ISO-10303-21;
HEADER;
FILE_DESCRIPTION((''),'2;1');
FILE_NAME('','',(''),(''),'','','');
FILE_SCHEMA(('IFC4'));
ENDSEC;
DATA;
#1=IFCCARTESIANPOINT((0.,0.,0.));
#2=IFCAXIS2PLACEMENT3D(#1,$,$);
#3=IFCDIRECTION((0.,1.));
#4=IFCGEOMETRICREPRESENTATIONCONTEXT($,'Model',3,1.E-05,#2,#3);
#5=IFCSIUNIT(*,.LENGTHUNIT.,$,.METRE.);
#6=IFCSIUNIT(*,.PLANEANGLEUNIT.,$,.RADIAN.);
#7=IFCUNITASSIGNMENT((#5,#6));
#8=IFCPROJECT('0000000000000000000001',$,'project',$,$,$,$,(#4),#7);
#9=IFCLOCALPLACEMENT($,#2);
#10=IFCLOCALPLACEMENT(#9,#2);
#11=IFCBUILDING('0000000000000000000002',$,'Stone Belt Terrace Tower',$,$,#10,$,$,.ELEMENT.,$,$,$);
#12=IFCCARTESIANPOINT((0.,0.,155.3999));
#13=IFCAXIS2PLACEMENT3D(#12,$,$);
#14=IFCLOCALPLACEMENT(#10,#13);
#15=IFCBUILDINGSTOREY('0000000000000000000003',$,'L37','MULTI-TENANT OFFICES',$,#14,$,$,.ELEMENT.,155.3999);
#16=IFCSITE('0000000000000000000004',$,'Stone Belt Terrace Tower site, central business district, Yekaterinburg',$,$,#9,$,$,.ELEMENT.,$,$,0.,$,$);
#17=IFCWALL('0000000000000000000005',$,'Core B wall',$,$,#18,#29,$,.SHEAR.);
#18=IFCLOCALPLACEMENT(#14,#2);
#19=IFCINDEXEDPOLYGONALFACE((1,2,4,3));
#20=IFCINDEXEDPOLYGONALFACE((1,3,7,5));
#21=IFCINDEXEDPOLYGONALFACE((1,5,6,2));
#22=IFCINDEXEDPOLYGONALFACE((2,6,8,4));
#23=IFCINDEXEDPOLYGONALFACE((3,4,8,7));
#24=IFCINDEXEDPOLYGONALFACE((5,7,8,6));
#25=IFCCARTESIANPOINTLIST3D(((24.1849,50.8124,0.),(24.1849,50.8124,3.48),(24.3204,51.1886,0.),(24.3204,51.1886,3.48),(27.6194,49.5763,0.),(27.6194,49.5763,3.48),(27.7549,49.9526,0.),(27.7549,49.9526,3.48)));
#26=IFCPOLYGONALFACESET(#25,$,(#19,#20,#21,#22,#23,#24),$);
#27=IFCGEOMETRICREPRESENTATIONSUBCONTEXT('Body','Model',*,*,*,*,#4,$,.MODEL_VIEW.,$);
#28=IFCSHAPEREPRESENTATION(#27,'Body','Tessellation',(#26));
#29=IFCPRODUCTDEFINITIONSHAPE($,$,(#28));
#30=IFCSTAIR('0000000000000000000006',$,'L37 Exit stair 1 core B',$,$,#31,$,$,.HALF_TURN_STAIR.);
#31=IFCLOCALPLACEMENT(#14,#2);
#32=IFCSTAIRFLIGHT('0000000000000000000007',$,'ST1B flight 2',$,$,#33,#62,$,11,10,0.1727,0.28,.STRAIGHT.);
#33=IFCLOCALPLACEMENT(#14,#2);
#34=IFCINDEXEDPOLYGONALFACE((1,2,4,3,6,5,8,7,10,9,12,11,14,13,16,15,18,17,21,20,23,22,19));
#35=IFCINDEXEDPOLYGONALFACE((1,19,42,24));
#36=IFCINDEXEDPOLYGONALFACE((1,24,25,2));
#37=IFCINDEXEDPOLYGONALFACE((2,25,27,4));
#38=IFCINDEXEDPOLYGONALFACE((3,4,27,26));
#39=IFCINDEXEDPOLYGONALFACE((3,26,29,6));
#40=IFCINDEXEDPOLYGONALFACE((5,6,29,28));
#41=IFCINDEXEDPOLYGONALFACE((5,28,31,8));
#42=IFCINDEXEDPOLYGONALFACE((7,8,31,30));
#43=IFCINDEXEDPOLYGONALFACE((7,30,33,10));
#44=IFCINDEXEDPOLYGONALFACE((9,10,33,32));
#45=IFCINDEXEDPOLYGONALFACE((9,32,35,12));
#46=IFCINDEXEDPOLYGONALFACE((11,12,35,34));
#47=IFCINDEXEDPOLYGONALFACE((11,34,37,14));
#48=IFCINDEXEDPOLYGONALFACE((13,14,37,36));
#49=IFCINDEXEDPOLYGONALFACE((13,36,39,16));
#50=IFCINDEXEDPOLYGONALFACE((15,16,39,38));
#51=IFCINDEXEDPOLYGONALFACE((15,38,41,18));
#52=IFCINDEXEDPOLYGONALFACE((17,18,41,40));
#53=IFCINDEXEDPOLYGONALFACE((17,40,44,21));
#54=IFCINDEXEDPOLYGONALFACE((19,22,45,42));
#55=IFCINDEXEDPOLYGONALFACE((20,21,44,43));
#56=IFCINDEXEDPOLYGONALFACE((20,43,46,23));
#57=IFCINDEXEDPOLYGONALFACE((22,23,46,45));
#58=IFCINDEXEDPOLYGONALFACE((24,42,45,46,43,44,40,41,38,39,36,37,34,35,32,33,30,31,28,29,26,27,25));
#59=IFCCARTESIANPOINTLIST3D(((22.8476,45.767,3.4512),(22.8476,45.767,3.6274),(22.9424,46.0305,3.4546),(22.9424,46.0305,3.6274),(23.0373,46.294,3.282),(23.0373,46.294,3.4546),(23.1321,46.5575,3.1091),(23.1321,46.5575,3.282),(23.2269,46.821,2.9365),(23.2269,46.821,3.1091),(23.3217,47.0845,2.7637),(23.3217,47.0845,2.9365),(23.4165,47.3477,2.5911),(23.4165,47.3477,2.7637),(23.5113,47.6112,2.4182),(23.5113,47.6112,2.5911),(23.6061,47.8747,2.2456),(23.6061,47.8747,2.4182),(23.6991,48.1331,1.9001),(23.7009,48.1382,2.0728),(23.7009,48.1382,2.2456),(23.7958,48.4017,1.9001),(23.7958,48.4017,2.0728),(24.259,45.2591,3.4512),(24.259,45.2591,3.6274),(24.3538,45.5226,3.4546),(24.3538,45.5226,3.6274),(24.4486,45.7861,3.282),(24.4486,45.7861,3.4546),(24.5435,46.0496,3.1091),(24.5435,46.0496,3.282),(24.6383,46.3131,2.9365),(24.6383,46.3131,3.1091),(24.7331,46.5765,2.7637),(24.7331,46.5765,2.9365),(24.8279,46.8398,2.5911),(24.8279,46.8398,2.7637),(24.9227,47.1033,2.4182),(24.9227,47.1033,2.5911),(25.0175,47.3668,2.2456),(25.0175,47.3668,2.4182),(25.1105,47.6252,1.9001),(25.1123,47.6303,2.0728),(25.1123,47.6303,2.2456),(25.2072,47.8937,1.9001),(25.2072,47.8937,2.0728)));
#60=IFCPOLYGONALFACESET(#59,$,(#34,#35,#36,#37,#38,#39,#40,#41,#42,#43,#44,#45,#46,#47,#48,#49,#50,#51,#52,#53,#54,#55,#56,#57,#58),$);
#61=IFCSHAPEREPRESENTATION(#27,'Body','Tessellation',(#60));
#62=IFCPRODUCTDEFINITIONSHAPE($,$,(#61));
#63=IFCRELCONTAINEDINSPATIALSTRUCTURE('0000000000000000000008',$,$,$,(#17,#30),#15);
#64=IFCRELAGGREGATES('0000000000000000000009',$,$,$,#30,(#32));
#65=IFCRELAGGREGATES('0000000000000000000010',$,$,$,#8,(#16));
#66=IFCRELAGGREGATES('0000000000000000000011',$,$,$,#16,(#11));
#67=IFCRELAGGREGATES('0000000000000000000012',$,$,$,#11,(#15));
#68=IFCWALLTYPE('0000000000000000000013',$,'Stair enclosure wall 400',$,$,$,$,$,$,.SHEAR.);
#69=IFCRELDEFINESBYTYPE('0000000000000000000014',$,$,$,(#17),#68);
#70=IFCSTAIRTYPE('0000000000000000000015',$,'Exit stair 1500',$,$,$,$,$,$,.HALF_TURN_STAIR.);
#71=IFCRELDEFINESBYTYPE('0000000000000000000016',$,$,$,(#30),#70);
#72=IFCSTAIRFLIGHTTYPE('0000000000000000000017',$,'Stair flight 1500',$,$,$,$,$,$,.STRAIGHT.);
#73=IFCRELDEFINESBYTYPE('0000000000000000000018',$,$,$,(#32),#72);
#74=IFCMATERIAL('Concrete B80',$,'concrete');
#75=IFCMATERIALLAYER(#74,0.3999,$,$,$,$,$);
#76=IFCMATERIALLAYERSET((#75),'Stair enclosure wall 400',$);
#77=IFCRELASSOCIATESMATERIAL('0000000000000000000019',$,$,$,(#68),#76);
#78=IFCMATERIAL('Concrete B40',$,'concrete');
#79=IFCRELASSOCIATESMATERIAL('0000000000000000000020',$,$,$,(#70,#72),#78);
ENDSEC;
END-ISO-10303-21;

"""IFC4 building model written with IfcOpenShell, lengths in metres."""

from ifc_helpers import new_model, si_unit, direction, frame, frame_2d, origin, place, context, subcontext, project, spatial, polyline, rectangle, outline, extrude, material, layer, layer_set, type_object, element, aggregate, save


model = new_model("IFC4")

# Units and contexts
model_context = context("Model", 3, precision=1e-05, world=origin(), true_north=direction((0.0, 1.0)))
body_context = subcontext(model_context, "Body", "Model", "MODEL_VIEW")
ifc_project = project(units=[si_unit("LENGTHUNIT", "METRE"), si_unit("PLANEANGLEUNIT", "RADIAN")], contexts=[model_context])

# Site, building, storey
site_placement = place(None, origin())
site = spatial("IfcSite", under=ifc_project, at=site_placement, Name="Stone Belt Terrace Tower site, central business district, Yekaterinburg", CompositionType="ELEMENT", RefElevation=0.0)
building_placement = place(site_placement, origin())
building = spatial("IfcBuilding", under=site, at=building_placement, Name="Stone Belt Terrace Tower", CompositionType="ELEMENT")
storey_placement = place(building_placement, frame((0.0, 0.0, 155.3999)))
storey = spatial("IfcBuildingStorey", under=building, at=storey_placement, Name="L37", Description="MULTI-TENANT OFFICES", CompositionType="ELEMENT", Elevation=155.3999)

# Shared definitions
ifc_material_1 = material(Name="Concrete B80", Category="concrete")

# Wall
ifc_layer_1 = layer(ifc_material_1, 0.3999)
ifc_layer_set_1 = layer_set([ifc_layer_1], Name="Stair enclosure wall 400")
wall_type_1 = type_object("IfcWallType", Name="Stair enclosure wall 400", PredefinedType="SHEAR", material=ifc_layer_set_1)
wall_1_placement = place(storey_placement, frame((27.6873, 49.7644, 0.0), z_axis=(0.0, 0.0, 1.0), x_axis=(-0.940919, 0.338632, 0.0)))
element("IfcWall", 1, at=wall_1_placement, inside=storey, type_object=wall_type_1, Name="Core B wall", PredefinedType="SHEAR", context=body_context, shape_type="SweptSolid", body=[
    extrude(rectangle(XDim=3.6501, YDim=0.3999, at=frame_2d((1.8252, 0.0))), origin(), (0.0, 0.0, 1.0), 3.48),
])

# Stair, stair flight
ifc_material_2 = material(Name="Concrete B40", Category="concrete")
stair_type = type_object("IfcStairType", Name="Exit stair 1500", PredefinedType="HALF_TURN_STAIR", material=ifc_material_2)
stair_placement = place(storey_placement, origin())
stair = element("IfcStair", 2, at=stair_placement, inside=storey, type_object=stair_type, Name="L37 Exit stair 1 core B", PredefinedType="HALF_TURN_STAIR")
stair_flight_type = type_object("IfcStairFlightType", Name="Stair flight 1500", PredefinedType="STRAIGHT", material=ifc_material_2)
stair_flight_placement = place(storey_placement, frame((24.5015, 48.1477, 1.9001), z_axis=(0.0, 0.0, 1.0), x_axis=(-0.338624, -0.940922, 0.0)))
stair_flight = element("IfcStairFlight", 3, at=stair_flight_placement, type_object=stair_flight_type, Name="ST1B flight 2", NumberOfRisers=11, NumberOfTreads=10, PredefinedType="STRAIGHT", RiserHeight=0.1727, TreadLength=0.28, context=body_context, shape_type="SweptSolid", body=[
    extrude(outline(polyline([(0.0, 0.0), (0.0, 0.1726), (0.28, 0.1726), (0.28, 0.3455), (0.5601, 0.3455), (0.5601, 0.5181), (0.8401, 0.5181), (0.8401, 0.6909), (1.1201, 0.6909), (1.1201, 0.8635), (1.3999, 0.8635), (1.3999, 1.0364), (1.6799, 1.0364), (1.6799, 1.209), (1.96, 1.209), (1.96, 1.3818), (2.24, 1.3818), (2.24, 1.5544), (2.52, 1.5544), (2.52, 1.7273), (2.8, 1.7273), (2.8, 1.8999), (2.8, 1.551), (0.2854, 0.0), (0.0, 0.0)])), frame((0.0, 0.75, 0.0), z_axis=(0.0, -1.0, 0.0), x_axis=(1.0, 0.0, 0.0)), (0.0, 0.0, 1.0), 1.5),
])
aggregate(stair, [stair_flight])

save(model, "model.ifc")
